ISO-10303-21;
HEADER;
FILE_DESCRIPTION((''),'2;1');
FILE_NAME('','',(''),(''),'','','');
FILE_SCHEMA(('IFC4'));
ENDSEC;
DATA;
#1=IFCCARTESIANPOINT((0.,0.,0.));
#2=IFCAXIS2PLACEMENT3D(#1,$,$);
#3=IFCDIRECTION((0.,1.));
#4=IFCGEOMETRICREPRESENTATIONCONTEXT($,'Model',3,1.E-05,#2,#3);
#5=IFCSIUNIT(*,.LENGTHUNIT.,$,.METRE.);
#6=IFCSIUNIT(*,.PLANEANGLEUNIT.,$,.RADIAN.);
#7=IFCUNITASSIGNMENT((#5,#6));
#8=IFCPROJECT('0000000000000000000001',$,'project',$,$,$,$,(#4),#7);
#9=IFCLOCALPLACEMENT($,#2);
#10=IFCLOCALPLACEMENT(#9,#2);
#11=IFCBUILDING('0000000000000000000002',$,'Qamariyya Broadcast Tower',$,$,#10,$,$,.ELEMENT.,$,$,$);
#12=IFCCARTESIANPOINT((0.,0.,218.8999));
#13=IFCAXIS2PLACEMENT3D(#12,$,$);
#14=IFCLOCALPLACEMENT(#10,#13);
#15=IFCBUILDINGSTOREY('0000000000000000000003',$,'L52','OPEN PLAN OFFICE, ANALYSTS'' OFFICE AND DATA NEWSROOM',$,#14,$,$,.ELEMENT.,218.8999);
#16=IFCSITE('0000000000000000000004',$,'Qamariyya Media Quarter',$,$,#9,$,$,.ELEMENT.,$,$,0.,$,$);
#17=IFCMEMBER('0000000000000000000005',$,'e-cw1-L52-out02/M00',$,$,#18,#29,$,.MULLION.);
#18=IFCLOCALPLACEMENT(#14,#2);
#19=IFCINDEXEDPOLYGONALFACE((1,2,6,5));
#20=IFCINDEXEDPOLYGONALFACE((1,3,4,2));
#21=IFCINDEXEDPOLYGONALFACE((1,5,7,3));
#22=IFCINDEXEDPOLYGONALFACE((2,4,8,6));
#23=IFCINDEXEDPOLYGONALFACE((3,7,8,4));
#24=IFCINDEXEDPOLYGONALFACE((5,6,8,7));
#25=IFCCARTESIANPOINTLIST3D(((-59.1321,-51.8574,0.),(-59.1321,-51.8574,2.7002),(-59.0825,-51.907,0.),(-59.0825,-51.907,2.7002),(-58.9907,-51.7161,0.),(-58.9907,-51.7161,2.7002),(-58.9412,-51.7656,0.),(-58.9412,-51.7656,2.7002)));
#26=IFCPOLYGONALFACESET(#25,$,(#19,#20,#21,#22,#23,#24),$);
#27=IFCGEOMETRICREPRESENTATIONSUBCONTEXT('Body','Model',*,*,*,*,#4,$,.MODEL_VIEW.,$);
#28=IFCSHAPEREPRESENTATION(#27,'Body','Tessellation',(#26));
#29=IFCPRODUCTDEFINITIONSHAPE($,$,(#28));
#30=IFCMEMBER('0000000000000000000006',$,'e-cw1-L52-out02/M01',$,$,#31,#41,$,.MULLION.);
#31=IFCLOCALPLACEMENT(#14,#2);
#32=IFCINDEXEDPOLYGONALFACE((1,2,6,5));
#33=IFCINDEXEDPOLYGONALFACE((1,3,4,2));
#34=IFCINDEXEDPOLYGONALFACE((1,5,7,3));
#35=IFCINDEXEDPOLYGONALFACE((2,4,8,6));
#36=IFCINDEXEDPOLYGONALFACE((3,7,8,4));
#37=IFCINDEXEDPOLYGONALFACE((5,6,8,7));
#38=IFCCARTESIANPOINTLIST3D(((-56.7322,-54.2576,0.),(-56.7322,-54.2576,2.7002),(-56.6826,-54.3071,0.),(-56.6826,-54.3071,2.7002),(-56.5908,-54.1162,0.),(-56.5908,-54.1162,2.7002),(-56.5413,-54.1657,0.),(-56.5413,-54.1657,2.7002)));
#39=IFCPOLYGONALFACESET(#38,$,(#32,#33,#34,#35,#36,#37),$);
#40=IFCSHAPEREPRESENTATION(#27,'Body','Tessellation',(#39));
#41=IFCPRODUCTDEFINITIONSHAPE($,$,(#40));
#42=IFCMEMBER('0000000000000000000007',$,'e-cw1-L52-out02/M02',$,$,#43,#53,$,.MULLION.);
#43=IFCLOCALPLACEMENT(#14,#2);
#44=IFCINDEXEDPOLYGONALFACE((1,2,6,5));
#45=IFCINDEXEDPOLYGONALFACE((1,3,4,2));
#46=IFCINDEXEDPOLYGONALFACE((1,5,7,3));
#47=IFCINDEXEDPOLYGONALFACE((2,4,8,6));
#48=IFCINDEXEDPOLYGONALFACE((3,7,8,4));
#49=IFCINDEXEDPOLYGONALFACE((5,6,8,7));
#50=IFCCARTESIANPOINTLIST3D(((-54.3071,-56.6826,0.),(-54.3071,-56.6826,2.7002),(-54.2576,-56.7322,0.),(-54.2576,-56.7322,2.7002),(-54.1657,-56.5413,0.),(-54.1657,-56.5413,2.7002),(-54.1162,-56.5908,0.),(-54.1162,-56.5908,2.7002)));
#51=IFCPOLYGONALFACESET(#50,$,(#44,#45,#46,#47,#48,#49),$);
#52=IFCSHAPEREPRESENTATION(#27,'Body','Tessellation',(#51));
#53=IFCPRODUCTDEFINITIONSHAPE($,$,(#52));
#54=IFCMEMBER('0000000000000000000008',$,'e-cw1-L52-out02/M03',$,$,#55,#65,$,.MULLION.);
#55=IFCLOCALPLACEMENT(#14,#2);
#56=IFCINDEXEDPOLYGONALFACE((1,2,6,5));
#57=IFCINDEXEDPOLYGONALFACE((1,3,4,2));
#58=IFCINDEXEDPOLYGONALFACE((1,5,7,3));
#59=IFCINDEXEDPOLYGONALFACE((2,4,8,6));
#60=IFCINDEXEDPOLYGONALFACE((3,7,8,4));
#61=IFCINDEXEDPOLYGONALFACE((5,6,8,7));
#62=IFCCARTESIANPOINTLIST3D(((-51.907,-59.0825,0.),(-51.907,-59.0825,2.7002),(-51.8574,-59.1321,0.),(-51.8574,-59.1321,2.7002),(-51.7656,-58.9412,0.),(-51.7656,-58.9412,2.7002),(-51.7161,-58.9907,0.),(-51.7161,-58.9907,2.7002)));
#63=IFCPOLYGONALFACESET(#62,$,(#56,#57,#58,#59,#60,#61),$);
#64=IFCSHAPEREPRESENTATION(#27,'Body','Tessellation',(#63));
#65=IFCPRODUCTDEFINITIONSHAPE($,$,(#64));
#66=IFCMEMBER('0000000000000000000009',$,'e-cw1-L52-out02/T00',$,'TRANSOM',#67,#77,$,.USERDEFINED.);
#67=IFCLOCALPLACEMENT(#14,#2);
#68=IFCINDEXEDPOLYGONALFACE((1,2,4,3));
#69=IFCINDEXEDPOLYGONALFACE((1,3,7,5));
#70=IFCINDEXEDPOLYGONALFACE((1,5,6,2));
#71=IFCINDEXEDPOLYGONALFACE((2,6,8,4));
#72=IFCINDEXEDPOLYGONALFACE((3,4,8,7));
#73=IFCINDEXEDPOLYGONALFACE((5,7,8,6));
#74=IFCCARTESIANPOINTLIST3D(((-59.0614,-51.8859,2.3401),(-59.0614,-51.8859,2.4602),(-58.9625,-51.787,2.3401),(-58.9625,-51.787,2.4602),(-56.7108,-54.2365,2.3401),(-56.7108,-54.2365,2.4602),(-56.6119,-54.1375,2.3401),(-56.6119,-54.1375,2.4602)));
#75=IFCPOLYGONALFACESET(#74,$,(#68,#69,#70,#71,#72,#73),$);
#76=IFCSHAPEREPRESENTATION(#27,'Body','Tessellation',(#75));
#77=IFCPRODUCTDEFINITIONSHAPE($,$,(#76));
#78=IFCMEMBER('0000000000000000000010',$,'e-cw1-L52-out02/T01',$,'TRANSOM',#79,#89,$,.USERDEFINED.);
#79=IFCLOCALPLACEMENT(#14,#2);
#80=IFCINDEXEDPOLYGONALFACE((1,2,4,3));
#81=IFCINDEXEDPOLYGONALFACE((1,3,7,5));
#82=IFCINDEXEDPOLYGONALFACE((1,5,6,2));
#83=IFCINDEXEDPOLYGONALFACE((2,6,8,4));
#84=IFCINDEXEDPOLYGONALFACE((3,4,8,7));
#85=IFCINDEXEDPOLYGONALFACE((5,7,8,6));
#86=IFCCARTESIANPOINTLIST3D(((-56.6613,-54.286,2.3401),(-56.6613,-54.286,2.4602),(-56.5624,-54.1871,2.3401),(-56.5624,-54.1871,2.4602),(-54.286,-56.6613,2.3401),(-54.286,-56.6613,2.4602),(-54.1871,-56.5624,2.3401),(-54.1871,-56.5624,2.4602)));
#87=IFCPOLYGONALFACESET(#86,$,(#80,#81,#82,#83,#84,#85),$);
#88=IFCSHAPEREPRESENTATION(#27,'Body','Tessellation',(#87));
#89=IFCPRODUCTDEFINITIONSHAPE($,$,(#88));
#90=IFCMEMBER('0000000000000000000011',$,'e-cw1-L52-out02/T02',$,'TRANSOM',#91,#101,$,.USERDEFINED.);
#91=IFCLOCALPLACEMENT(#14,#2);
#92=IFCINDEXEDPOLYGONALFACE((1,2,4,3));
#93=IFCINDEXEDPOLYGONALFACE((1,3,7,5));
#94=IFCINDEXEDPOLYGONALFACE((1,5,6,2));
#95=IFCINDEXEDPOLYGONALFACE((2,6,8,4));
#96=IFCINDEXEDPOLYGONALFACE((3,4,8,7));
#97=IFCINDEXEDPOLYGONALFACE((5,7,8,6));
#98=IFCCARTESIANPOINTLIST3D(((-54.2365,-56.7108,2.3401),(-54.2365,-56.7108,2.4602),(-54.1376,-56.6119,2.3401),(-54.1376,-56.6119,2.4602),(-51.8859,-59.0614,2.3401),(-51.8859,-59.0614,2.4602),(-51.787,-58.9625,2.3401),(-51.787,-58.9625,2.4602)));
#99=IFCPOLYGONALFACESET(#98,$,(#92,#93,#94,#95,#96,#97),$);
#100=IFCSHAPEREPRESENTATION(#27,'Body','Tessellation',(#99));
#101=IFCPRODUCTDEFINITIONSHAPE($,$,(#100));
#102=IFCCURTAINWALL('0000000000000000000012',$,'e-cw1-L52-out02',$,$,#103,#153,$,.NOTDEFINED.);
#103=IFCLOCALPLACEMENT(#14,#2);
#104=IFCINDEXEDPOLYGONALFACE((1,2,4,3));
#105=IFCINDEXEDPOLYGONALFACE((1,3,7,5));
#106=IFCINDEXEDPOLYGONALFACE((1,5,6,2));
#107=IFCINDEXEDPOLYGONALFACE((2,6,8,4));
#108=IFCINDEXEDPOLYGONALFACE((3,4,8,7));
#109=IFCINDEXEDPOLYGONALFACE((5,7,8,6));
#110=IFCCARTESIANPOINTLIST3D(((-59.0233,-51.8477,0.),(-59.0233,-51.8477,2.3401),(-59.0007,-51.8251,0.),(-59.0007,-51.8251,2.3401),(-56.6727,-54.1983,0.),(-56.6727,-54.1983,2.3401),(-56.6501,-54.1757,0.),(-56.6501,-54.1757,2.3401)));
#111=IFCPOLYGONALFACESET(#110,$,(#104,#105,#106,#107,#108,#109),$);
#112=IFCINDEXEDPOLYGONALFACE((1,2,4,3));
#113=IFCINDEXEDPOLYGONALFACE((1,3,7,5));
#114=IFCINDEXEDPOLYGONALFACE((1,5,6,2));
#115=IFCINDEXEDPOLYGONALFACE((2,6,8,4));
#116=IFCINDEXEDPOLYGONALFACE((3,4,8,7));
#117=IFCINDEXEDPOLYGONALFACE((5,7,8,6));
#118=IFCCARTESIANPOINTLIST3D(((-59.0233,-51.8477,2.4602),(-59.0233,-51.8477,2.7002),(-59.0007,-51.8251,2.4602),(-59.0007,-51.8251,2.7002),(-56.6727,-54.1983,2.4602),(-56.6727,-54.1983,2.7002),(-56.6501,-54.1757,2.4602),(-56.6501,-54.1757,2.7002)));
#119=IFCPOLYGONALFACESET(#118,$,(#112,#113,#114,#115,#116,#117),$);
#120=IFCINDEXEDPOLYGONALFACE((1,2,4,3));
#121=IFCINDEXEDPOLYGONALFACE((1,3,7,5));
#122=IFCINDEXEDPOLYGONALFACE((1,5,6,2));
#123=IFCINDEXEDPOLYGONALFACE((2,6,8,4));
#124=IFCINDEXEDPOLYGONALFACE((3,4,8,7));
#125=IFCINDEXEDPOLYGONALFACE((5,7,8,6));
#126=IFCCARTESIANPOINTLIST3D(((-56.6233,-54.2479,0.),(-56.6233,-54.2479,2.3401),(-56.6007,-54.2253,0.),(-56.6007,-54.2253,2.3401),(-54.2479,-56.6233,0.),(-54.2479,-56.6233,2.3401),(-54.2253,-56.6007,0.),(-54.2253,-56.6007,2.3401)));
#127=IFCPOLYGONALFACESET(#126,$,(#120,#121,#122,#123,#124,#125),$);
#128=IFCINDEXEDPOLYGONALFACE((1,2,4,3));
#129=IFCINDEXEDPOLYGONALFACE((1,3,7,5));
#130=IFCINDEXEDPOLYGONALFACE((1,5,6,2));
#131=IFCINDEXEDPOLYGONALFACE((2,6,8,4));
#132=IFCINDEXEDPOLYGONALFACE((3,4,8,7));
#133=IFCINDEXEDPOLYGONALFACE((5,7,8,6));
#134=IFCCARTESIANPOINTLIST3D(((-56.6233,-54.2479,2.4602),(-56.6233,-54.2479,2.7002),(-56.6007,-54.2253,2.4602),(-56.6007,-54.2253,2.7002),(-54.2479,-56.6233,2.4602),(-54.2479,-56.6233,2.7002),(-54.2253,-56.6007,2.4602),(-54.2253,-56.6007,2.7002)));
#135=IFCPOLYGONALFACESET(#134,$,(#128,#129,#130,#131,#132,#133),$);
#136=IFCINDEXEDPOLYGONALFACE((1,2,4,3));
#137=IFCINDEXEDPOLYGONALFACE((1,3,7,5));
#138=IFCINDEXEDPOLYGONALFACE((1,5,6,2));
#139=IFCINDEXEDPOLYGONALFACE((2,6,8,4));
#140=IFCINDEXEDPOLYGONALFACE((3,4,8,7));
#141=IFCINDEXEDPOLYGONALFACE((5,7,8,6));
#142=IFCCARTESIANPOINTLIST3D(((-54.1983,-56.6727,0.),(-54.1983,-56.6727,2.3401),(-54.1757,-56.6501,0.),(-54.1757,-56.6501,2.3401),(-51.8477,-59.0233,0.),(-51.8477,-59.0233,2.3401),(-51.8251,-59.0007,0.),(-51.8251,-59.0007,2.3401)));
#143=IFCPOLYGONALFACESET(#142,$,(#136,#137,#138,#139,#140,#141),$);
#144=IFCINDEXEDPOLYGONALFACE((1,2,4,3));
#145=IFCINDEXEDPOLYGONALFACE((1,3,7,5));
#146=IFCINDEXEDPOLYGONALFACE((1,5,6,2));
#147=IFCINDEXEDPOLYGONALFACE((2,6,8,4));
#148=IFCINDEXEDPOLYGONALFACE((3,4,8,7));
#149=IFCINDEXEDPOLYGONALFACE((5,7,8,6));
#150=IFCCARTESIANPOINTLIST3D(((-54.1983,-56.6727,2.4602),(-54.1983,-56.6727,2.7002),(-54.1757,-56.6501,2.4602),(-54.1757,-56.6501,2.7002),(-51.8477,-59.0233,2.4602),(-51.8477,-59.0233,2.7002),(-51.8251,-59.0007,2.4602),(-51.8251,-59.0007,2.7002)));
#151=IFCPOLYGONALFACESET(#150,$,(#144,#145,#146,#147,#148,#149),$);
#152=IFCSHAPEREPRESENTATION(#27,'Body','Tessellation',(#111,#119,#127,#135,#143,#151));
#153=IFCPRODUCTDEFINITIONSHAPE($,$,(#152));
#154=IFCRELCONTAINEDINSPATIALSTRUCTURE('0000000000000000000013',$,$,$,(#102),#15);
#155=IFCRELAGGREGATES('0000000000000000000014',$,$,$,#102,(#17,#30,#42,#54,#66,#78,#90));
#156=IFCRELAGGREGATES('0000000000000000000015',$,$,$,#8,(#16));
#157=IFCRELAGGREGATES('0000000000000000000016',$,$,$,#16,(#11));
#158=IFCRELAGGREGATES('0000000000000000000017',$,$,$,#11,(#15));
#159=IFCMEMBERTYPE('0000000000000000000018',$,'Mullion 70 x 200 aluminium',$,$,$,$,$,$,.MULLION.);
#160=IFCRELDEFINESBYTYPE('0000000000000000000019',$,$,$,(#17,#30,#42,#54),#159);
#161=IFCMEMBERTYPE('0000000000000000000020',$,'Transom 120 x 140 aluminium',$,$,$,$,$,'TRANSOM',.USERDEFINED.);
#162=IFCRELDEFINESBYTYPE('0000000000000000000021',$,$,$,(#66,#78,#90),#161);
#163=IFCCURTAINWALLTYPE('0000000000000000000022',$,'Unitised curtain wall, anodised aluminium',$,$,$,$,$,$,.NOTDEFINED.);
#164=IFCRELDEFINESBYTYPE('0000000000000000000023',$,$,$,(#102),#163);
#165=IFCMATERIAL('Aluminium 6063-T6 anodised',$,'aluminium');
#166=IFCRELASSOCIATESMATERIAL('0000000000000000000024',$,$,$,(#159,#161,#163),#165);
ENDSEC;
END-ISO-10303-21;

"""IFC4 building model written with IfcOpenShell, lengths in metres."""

from ifc_helpers import new_model, si_unit, direction, frame, origin, origin_2d, place, context, subcontext, project, spatial, rectangle, extrude, material, material_profile, profile_set, type_object, element, aggregate, save


model = new_model("IFC4")

# Units and contexts
model_context = context("Model", 3, precision=1e-05, world=origin(), true_north=direction((0.0, 1.0)))
body_context = subcontext(model_context, "Body", "Model", "MODEL_VIEW")
ifc_project = project(units=[si_unit("LENGTHUNIT", "METRE"), si_unit("PLANEANGLEUNIT", "RADIAN")], contexts=[model_context])

# Members
ifc_material = material(Name="Aluminium 6063-T6 anodised", Category="aluminium")
ifc_material_profile_1 = material_profile(ifc_material, rectangle(XDim=0.2, YDim=0.0701, at=origin_2d()))
ifc_profile_set_1 = profile_set([ifc_material_profile_1], Name="Aluminium 6063-T6 anodised")
member_type_1 = type_object("IfcMemberType", Name="Mullion 70 x 200 aluminium", PredefinedType="MULLION", material=ifc_profile_set_1)
site_placement = place(None, origin())
building_placement = place(site_placement, origin())
storey_placement = place(building_placement, frame((0.0, 0.0, 218.8999)))
member_1_placement = place(storey_placement, frame((-59.0366, -51.8115, 0.0), z_axis=(0.0, 0.0, 1.0), x_axis=(0.707107, 0.707107, 0.0)))
member_1 = element("IfcMember", 1, at=member_1_placement, type_object=member_type_1, Name="e-cw1-L52-out02/M00", PredefinedType="MULLION", context=body_context, shape_type="SweptSolid", body=[
    extrude(rectangle(XDim=0.2, YDim=0.0701, at=origin_2d()), origin(), (0.0, 0.0, 1.0), 2.7002),
])
member_2_placement = place(storey_placement, frame((-56.6367, -54.2117, 0.0), z_axis=(0.0, 0.0, 1.0), x_axis=(0.707107, 0.707107, 0.0)))
member_2 = element("IfcMember", 2, at=member_2_placement, type_object=member_type_1, Name="e-cw1-L52-out02/M01", PredefinedType="MULLION", context=body_context, shape_type="SweptSolid", body=[
    extrude(rectangle(XDim=0.2, YDim=0.0701, at=origin_2d()), origin(), (0.0, 0.0, 1.0), 2.7002),
])
member_3_placement = place(storey_placement, frame((-54.2117, -56.6367, 0.0), z_axis=(0.0, 0.0, 1.0), x_axis=(0.707107, 0.707107, 0.0)))
member_3 = element("IfcMember", 3, at=member_3_placement, type_object=member_type_1, Name="e-cw1-L52-out02/M02", PredefinedType="MULLION", context=body_context, shape_type="SweptSolid", body=[
    extrude(rectangle(XDim=0.2, YDim=0.0701, at=origin_2d()), origin(), (0.0, 0.0, 1.0), 2.7002),
])
member_4_placement = place(storey_placement, frame((-51.8115, -59.0366, 0.0), z_axis=(0.0, 0.0, 1.0), x_axis=(0.707107, 0.707107, 0.0)))
member_4 = element("IfcMember", 4, at=member_4_placement, type_object=member_type_1, Name="e-cw1-L52-out02/M03", PredefinedType="MULLION", context=body_context, shape_type="SweptSolid", body=[
    extrude(rectangle(XDim=0.2, YDim=0.0701, at=origin_2d()), origin(), (0.0, 0.0, 1.0), 2.7002),
])
ifc_material_profile_2 = material_profile(ifc_material, rectangle(XDim=0.1399, YDim=0.1201, at=origin_2d()))
ifc_profile_set_2 = profile_set([ifc_material_profile_2], Name="Aluminium 6063-T6 anodised")
member_type_2 = type_object("IfcMemberType", Name="Transom 120 x 140 aluminium", ElementType="TRANSOM", PredefinedType="USERDEFINED", material=ifc_profile_set_2)
member_5_placement = place(storey_placement, frame((-59.012, -51.8364, 2.4001), z_axis=(0.707107, -0.707107, 0.0), x_axis=(0.707107, 0.707107, 0.0)))
member_5 = element("IfcMember", 5, at=member_5_placement, type_object=member_type_2, Name="e-cw1-L52-out02/T00", ObjectType="TRANSOM", PredefinedType="USERDEFINED", context=body_context, shape_type="SweptSolid", body=[
    extrude(rectangle(XDim=0.1399, YDim=0.1201, at=origin_2d()), origin(), (0.0, 0.0, 1.0), 3.3242),
])
member_6_placement = place(storey_placement, frame((-56.6118, -54.2366, 2.4001), z_axis=(0.707107, -0.707107, 0.0), x_axis=(0.707107, 0.707107, 0.0)))
member_6 = element("IfcMember", 6, at=member_6_placement, type_object=member_type_2, Name="e-cw1-L52-out02/T01", ObjectType="TRANSOM", PredefinedType="USERDEFINED", context=body_context, shape_type="SweptSolid", body=[
    extrude(rectangle(XDim=0.1399, YDim=0.1201, at=origin_2d()), origin(), (0.0, 0.0, 1.0), 3.3591),
])
member_7_placement = place(storey_placement, frame((-54.187, -56.6614, 2.4001), z_axis=(0.707107, -0.707107, 0.0), x_axis=(0.707107, 0.707107, 0.0)))
member_7 = element("IfcMember", 7, at=member_7_placement, type_object=member_type_2, Name="e-cw1-L52-out02/T02", ObjectType="TRANSOM", PredefinedType="USERDEFINED", context=body_context, shape_type="SweptSolid", body=[
    extrude(rectangle(XDim=0.1399, YDim=0.1201, at=origin_2d()), origin(), (0.0, 0.0, 1.0), 3.3242),
])

# Site, building, storey
site = spatial("IfcSite", under=ifc_project, at=site_placement, Name="Qamariyya Media Quarter", CompositionType="ELEMENT", RefElevation=0.0)
building = spatial("IfcBuilding", under=site, at=building_placement, Name="Qamariyya Broadcast Tower", CompositionType="ELEMENT")
storey = spatial("IfcBuildingStorey", under=building, at=storey_placement, Name="L52", Description="OPEN PLAN OFFICE, ANALYSTS' OFFICE AND DATA NEWSROOM", CompositionType="ELEMENT", Elevation=218.8999)

# Curtain wall
curtain_wall_type = type_object("IfcCurtainWallType", Name="Unitised curtain wall, anodised aluminium", PredefinedType="NOTDEFINED", material=ifc_material)
curtain_wall_1_placement = place(storey_placement, origin())
curtain_wall_1 = element("IfcCurtainWall", 8, at=curtain_wall_1_placement, inside=storey, type_object=curtain_wall_type, Name="e-cw1-L52-out02", PredefinedType="NOTDEFINED", context=body_context, shape_type="SweptSolid", body=[
    extrude(rectangle(XDim=3.3242, YDim=0.032, at=origin_2d()), frame((-57.8367, -53.0117, 0.0), x_axis=(0.707107, -0.707107, 0.0)), (0.0, 0.0, 1.0), 2.3401),
    extrude(rectangle(XDim=3.3242, YDim=0.032, at=origin_2d()), frame((-57.8367, -53.0117, 2.4602), x_axis=(0.707107, -0.707107, 0.0)), (0.0, 0.0, 1.0), 0.24),
    extrude(rectangle(XDim=3.3594, YDim=0.032, at=origin_2d()), frame((-55.4243, -55.4243, 0.0), x_axis=(0.707107, -0.707107, 0.0)), (0.0, 0.0, 1.0), 2.3401),
    extrude(rectangle(XDim=3.3594, YDim=0.032, at=origin_2d()), frame((-55.4243, -55.4243, 2.4602), x_axis=(0.707107, -0.707107, 0.0)), (0.0, 0.0, 1.0), 0.24),
    extrude(rectangle(XDim=3.3242, YDim=0.032, at=origin_2d()), frame((-53.0117, -57.8367, 0.0), x_axis=(0.707107, -0.707107, 0.0)), (0.0, 0.0, 1.0), 2.3401),
    extrude(rectangle(XDim=3.3242, YDim=0.032, at=origin_2d()), frame((-53.0117, -57.8367, 2.4602), x_axis=(0.707107, -0.707107, 0.0)), (0.0, 0.0, 1.0), 0.24),
])
aggregate(curtain_wall_1, [member_1, member_2, member_3, member_4, member_5, member_6, member_7])

save(model, "model.ifc")
